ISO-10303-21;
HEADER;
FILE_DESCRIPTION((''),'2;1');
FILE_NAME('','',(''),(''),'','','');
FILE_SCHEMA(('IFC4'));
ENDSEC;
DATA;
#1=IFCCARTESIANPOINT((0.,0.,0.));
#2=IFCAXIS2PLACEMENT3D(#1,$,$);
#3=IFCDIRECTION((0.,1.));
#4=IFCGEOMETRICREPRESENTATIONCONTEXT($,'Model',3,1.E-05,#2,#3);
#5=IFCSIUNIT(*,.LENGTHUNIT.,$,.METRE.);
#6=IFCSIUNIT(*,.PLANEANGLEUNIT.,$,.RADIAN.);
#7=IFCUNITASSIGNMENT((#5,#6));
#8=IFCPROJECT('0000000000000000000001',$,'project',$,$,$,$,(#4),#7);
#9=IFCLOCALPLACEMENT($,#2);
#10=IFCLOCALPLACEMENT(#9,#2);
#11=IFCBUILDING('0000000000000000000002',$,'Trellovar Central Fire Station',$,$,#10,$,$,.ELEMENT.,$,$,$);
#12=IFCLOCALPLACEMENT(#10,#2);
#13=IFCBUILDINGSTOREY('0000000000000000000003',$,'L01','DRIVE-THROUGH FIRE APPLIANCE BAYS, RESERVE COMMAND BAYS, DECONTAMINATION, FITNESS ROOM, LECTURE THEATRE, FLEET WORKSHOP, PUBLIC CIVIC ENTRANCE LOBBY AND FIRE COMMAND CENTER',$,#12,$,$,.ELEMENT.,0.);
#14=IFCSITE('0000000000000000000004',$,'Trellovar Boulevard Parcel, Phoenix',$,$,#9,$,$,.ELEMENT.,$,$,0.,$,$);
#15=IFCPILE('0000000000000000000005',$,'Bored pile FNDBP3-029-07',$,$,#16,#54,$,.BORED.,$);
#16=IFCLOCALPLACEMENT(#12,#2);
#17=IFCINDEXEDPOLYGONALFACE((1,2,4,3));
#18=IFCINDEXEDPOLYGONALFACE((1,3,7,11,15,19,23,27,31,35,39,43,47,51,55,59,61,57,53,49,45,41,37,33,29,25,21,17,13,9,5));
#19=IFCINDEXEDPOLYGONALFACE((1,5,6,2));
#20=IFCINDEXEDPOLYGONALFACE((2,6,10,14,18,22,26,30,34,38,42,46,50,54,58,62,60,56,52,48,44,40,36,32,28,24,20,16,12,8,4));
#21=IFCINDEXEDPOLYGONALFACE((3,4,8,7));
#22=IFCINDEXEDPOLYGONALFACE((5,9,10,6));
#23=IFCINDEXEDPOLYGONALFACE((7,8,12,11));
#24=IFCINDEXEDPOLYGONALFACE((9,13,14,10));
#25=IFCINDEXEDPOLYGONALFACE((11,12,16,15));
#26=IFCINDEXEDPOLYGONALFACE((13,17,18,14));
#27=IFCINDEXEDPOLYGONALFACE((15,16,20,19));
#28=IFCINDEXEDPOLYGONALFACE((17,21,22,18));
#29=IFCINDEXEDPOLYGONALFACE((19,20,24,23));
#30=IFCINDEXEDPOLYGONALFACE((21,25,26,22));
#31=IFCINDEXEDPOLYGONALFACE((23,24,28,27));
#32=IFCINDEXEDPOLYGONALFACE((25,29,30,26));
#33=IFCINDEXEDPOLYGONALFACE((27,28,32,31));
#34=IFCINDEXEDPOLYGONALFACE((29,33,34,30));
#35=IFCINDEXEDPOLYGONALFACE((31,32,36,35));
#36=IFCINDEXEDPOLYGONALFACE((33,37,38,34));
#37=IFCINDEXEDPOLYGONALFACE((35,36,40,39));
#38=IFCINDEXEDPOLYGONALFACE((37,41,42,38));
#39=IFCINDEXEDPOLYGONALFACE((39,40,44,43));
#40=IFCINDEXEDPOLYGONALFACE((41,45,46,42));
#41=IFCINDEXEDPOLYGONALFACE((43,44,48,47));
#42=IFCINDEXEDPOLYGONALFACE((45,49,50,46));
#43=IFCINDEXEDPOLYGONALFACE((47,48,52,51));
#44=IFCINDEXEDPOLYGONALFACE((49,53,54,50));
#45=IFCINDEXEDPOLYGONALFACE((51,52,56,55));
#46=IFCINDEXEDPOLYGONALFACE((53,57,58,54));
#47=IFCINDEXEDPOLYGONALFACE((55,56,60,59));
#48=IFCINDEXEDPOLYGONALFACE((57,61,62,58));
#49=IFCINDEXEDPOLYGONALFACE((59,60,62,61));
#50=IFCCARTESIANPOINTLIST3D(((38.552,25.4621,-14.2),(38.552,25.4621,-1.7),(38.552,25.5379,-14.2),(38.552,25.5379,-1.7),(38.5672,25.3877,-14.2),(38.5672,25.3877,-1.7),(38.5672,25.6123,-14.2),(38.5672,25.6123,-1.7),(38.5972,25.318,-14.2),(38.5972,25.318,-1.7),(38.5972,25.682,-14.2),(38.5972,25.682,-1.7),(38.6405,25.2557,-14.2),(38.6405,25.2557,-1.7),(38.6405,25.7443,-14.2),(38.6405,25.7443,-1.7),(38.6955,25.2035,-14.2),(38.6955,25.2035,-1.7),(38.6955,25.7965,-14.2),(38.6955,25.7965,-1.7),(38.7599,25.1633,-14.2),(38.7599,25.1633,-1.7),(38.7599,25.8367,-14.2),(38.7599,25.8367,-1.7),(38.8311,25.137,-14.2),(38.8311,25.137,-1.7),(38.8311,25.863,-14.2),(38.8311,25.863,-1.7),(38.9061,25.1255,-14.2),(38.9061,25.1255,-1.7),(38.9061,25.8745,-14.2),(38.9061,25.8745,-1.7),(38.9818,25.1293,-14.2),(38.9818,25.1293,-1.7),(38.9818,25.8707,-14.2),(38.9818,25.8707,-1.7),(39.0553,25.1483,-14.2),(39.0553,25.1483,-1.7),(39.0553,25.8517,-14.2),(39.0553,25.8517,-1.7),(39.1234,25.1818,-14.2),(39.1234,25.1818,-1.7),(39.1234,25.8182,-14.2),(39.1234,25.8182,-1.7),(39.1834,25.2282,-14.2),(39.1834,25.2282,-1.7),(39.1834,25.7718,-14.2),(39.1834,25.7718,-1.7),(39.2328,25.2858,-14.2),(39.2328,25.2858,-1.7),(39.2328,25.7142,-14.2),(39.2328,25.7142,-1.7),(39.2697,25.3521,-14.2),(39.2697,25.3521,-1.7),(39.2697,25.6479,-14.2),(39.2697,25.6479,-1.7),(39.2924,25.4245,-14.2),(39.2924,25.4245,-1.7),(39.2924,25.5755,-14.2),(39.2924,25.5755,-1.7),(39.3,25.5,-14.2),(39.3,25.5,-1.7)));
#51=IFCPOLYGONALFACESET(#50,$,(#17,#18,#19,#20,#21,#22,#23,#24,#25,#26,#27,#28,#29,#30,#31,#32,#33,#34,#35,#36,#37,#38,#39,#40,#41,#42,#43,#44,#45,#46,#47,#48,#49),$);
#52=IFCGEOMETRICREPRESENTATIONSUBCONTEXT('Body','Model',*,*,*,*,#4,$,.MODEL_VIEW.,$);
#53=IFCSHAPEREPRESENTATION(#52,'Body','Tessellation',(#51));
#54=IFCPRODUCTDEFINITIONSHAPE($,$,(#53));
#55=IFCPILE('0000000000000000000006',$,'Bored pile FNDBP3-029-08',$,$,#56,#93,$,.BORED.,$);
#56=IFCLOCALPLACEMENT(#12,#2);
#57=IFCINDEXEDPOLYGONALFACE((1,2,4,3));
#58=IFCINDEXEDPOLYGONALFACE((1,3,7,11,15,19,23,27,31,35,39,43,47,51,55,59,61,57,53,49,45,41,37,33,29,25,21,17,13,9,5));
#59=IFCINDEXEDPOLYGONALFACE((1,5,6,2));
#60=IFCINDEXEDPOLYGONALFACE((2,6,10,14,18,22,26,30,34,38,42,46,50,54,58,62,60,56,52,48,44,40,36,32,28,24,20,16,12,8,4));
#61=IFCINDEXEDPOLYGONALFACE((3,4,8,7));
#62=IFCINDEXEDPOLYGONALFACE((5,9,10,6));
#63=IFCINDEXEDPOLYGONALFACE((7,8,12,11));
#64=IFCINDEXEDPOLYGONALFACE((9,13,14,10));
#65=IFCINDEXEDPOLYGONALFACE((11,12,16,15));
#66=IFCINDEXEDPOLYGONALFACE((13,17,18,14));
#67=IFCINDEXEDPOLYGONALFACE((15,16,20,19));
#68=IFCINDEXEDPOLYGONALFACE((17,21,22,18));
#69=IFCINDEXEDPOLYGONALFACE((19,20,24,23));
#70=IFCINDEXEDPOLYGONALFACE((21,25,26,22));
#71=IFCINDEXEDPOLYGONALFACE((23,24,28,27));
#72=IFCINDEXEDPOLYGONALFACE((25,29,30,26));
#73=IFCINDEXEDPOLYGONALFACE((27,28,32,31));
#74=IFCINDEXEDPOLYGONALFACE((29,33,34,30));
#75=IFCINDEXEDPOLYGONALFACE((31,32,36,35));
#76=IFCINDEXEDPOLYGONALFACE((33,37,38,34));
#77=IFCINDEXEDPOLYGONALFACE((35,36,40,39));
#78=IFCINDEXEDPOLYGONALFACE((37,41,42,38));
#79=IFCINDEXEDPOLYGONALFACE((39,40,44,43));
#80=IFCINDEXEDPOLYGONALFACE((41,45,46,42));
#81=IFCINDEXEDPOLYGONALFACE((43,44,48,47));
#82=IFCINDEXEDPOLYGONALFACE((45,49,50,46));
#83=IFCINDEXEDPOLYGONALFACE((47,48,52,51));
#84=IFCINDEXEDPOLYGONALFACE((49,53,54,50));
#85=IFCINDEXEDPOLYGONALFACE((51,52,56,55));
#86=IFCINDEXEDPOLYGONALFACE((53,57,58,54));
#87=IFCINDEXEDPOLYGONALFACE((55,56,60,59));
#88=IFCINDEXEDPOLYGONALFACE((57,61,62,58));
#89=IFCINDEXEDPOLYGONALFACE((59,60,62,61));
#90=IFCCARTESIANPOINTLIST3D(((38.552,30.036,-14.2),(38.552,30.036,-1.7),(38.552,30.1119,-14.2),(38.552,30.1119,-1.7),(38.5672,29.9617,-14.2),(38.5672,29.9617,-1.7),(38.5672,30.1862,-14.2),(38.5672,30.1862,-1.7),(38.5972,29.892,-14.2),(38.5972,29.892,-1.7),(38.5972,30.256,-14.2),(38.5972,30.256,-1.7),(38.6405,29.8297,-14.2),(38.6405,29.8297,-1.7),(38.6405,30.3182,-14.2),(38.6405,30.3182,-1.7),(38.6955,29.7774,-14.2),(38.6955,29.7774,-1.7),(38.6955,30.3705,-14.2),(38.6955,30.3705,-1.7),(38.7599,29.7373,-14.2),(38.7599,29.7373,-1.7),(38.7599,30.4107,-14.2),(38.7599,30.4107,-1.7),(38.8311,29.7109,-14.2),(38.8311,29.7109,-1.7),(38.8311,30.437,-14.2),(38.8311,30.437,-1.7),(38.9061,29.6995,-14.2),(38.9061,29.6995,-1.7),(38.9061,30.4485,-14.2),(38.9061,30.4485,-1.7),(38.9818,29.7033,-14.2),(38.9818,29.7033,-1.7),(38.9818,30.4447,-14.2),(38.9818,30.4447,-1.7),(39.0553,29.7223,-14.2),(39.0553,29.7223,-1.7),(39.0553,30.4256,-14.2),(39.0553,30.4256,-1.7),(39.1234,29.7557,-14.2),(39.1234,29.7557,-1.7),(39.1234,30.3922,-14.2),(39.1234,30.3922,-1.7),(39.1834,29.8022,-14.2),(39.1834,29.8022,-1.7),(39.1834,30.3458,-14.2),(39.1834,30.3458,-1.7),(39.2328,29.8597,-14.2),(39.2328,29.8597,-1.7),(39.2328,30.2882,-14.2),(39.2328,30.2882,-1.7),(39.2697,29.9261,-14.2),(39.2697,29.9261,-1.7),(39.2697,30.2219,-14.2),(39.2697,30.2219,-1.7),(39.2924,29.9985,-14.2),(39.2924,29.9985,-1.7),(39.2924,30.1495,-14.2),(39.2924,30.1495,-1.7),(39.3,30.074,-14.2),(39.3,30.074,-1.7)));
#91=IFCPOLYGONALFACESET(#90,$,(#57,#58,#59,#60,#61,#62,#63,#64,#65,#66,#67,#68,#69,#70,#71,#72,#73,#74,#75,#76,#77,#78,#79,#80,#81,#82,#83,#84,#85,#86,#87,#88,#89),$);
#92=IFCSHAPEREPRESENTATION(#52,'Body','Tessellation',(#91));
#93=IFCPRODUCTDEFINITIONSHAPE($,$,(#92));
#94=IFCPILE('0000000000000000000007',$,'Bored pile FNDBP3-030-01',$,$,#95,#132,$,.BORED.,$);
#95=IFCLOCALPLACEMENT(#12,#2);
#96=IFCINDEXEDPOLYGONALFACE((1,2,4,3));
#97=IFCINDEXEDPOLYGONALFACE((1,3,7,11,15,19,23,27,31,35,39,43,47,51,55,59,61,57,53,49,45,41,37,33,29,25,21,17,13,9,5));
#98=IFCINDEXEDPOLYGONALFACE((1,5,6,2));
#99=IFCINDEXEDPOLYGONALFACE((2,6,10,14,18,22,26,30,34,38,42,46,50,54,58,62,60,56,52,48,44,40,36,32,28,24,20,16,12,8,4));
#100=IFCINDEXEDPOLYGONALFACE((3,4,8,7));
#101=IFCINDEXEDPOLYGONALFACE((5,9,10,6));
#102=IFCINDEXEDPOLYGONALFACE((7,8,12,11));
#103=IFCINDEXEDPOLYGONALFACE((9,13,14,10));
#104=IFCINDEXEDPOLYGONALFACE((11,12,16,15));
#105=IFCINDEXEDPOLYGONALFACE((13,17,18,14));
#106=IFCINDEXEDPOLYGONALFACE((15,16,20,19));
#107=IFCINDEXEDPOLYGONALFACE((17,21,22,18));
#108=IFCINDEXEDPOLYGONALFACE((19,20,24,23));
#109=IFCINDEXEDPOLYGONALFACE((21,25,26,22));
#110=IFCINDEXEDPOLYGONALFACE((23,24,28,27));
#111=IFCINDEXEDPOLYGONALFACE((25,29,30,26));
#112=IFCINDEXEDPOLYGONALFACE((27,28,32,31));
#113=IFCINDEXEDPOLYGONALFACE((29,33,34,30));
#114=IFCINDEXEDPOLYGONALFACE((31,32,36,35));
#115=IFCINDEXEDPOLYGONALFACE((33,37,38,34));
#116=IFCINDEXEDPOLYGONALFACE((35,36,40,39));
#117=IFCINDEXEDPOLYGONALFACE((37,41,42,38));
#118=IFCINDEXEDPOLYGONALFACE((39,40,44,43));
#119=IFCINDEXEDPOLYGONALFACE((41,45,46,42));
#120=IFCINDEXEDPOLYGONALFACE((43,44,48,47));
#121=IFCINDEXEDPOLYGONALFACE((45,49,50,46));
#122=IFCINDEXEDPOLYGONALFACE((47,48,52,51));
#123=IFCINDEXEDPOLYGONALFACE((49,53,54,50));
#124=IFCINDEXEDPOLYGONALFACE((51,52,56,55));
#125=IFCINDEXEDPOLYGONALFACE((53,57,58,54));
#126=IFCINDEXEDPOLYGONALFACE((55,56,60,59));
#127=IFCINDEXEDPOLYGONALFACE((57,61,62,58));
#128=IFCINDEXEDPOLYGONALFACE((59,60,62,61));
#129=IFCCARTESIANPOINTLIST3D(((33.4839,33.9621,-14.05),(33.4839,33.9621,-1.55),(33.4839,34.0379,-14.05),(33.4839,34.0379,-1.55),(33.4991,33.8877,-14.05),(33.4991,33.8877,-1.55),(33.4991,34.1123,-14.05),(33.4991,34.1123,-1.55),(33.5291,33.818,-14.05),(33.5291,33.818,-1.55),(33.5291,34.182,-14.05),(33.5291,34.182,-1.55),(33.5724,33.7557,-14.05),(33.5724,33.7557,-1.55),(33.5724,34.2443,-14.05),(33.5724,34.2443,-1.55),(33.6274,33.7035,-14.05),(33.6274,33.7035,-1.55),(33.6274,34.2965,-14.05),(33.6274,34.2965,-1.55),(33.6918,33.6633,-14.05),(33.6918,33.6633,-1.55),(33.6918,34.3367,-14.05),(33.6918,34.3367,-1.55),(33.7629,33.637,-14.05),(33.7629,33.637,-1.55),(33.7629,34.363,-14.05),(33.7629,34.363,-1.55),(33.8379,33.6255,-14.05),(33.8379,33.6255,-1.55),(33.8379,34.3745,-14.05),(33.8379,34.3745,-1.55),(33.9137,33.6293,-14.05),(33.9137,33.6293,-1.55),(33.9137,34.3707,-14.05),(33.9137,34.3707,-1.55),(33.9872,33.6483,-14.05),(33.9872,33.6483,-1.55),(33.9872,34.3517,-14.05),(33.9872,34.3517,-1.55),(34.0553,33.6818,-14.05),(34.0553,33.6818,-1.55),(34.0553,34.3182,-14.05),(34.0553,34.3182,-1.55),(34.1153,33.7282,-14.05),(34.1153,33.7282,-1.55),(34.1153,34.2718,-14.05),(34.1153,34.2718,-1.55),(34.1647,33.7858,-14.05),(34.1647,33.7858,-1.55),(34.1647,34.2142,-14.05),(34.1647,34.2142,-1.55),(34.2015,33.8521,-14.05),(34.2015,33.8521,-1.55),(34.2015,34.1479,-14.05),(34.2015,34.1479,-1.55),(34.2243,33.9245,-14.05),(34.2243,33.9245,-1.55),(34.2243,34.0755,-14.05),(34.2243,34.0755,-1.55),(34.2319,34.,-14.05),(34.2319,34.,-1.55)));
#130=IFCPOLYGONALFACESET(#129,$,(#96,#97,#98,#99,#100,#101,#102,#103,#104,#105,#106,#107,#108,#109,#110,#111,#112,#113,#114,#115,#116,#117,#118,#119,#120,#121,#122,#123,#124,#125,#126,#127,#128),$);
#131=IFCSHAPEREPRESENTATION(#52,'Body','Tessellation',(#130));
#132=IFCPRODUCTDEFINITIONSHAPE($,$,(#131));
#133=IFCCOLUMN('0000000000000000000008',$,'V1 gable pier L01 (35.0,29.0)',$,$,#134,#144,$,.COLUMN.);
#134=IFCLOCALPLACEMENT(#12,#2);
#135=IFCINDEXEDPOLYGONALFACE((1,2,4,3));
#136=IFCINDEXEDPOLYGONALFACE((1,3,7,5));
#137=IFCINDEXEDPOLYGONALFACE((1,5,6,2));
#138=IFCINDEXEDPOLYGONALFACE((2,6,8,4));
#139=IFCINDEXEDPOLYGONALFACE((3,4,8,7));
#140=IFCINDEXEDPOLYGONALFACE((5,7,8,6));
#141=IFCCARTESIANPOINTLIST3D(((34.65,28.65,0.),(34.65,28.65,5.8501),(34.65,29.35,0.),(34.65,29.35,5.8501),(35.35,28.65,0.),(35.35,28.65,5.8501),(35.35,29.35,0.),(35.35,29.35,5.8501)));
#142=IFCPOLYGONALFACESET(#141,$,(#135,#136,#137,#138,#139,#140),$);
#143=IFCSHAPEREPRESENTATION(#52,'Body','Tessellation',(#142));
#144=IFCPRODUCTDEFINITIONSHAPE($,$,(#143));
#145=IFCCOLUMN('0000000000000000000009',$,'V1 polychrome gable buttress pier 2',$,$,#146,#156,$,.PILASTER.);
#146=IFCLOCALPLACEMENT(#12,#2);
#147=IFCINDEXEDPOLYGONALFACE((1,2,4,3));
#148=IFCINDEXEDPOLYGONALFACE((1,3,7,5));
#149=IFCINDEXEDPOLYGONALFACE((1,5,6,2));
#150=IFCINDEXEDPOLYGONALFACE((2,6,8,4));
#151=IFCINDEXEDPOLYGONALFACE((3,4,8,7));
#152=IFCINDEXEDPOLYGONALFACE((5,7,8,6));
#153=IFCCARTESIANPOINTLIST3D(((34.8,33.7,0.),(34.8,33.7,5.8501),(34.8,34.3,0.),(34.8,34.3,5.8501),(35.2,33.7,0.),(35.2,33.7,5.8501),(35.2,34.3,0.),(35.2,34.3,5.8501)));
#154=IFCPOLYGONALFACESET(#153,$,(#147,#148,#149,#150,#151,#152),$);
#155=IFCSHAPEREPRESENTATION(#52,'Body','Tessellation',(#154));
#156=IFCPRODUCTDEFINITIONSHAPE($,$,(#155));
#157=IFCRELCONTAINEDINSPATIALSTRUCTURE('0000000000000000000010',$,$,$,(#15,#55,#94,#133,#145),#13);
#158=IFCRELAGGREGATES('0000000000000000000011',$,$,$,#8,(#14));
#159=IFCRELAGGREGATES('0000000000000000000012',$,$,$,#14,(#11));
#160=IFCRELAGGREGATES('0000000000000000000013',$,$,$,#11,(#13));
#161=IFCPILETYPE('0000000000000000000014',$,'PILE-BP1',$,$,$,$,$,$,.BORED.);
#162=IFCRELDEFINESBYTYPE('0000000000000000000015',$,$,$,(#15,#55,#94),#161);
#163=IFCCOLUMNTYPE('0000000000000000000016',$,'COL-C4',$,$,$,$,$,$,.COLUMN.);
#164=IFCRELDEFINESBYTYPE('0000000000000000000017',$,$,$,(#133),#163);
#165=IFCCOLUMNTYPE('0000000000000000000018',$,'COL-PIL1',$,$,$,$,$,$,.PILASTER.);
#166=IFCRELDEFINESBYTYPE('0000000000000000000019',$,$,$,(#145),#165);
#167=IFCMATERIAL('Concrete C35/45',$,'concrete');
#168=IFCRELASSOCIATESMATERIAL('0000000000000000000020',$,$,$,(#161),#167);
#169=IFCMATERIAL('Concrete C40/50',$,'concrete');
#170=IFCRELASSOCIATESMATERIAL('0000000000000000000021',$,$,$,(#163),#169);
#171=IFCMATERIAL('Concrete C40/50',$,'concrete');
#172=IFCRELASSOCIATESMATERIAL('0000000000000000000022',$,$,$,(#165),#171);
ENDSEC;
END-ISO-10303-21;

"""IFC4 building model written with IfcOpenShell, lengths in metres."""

from ifc_helpers import new_model, si_unit, direction, frame, origin, origin_2d, place, context, subcontext, project, spatial, rectangle, circle, extrude, material, material_profile, profile_set, type_object, element, save


model = new_model("IFC4")

# Units and contexts
model_context = context("Model", 3, precision=1e-05, world=origin(), true_north=direction((0.0, 1.0)))
body_context = subcontext(model_context, "Body", "Model", "MODEL_VIEW")
ifc_project = project(units=[si_unit("LENGTHUNIT", "METRE"), si_unit("PLANEANGLEUNIT", "RADIAN")], contexts=[model_context])

# Site, building, storey
site_placement = place(None, origin())
site = spatial("IfcSite", under=ifc_project, at=site_placement, Name="Trellovar Boulevard Parcel, Phoenix", CompositionType="ELEMENT", RefElevation=0.0)
building_placement = place(site_placement, origin())
building = spatial("IfcBuilding", under=site, at=building_placement, Name="Trellovar Central Fire Station", CompositionType="ELEMENT")
storey_placement = place(building_placement, origin())
storey = spatial("IfcBuildingStorey", under=building, at=storey_placement, Name="L01", Description="DRIVE-THROUGH FIRE APPLIANCE BAYS, RESERVE COMMAND BAYS, DECONTAMINATION, FITNESS ROOM, LECTURE THEATRE, FLEET WORKSHOP, PUBLIC CIVIC ENTRANCE LOBBY AND FIRE COMMAND CENTER", CompositionType="ELEMENT", Elevation=0.0)

# Piles
ifc_material_1 = material(Name="Concrete C35/45", Category="concrete")
ifc_material_profile_1 = material_profile(ifc_material_1, circle(Radius=0.375, at=origin_2d()), Name="PILE750")
ifc_profile_set_1 = profile_set([ifc_material_profile_1], Name="Concrete C35/45")
pile_type = type_object("IfcPileType", Name="PILE-BP1", PredefinedType="BORED", material=ifc_profile_set_1)
for number, where, z_axis, x_axis, name in (
    (1, (38.925, 25.5, -1.7), (0.0, 0.0, -1.0), (1.0, 0.0, 0.0), "Bored pile FNDBP3-029-07"),
    (2, (38.925, 30.074, -1.7), (0.0, 0.0, -1.0), (1.0, 0.0, 0.0), "Bored pile FNDBP3-029-08"),
    (3, (33.8569, 34.0, -1.55), (0.0, 0.0, -1.0), (1.0, 0.0, 0.0), "Bored pile FNDBP3-030-01"),
):
    element("IfcPile", number, at=place(storey_placement, frame(where, z_axis=z_axis, x_axis=x_axis)), inside=storey, type_object=pile_type, Name=name, PredefinedType="BORED", context=body_context, shape_type="SweptSolid", body=[
        extrude(circle(Radius=0.375, at=origin_2d()), origin(), (0.0, 0.0, 1.0), 12.5),
    ])

# Columns
ifc_material_2 = material(Name="Concrete C40/50", Category="concrete")
ifc_material_profile_2 = material_profile(ifc_material_2, rectangle(XDim=0.7, YDim=0.7, at=origin_2d()), Name="RC700X700")
ifc_profile_set_2 = profile_set([ifc_material_profile_2], Name="Concrete C40/50")
column_type_1 = type_object("IfcColumnType", Name="COL-C4", PredefinedType="COLUMN", material=ifc_profile_set_2)
column_1_placement = place(storey_placement, frame((35.0, 29.0, 0.0), z_axis=(0.0, 0.0, 1.0), x_axis=(1.0, 0.0, 0.0)))
element("IfcColumn", 4, at=column_1_placement, inside=storey, type_object=column_type_1, Name="V1 gable pier L01 (35.0,29.0)", PredefinedType="COLUMN", context=body_context, shape_type="SweptSolid", body=[
    extrude(rectangle(XDim=0.7, YDim=0.7, at=origin_2d()), origin(), (0.0, 0.0, 1.0), 5.8501),
])
ifc_material_3 = material(Name="Concrete C40/50", Category="concrete")
ifc_material_profile_3 = material_profile(ifc_material_3, rectangle(XDim=0.3999, YDim=0.6001, at=origin_2d()), Name="RC400X600")
ifc_profile_set_3 = profile_set([ifc_material_profile_3], Name="Concrete C40/50")
column_type_2 = type_object("IfcColumnType", Name="COL-PIL1", PredefinedType="PILASTER", material=ifc_profile_set_3)
column_2_placement = place(storey_placement, frame((35.0, 34.0, 0.0), z_axis=(0.0, 0.0, 1.0), x_axis=(1.0, 0.0, 0.0)))
element("IfcColumn", 5, at=column_2_placement, inside=storey, type_object=column_type_2, Name="V1 polychrome gable buttress pier 2", PredefinedType="PILASTER", context=body_context, shape_type="SweptSolid", body=[
    extrude(rectangle(XDim=0.3999, YDim=0.6001, at=origin_2d()), origin(), (0.0, 0.0, 1.0), 5.8501),
])

save(model, "model.ifc")
